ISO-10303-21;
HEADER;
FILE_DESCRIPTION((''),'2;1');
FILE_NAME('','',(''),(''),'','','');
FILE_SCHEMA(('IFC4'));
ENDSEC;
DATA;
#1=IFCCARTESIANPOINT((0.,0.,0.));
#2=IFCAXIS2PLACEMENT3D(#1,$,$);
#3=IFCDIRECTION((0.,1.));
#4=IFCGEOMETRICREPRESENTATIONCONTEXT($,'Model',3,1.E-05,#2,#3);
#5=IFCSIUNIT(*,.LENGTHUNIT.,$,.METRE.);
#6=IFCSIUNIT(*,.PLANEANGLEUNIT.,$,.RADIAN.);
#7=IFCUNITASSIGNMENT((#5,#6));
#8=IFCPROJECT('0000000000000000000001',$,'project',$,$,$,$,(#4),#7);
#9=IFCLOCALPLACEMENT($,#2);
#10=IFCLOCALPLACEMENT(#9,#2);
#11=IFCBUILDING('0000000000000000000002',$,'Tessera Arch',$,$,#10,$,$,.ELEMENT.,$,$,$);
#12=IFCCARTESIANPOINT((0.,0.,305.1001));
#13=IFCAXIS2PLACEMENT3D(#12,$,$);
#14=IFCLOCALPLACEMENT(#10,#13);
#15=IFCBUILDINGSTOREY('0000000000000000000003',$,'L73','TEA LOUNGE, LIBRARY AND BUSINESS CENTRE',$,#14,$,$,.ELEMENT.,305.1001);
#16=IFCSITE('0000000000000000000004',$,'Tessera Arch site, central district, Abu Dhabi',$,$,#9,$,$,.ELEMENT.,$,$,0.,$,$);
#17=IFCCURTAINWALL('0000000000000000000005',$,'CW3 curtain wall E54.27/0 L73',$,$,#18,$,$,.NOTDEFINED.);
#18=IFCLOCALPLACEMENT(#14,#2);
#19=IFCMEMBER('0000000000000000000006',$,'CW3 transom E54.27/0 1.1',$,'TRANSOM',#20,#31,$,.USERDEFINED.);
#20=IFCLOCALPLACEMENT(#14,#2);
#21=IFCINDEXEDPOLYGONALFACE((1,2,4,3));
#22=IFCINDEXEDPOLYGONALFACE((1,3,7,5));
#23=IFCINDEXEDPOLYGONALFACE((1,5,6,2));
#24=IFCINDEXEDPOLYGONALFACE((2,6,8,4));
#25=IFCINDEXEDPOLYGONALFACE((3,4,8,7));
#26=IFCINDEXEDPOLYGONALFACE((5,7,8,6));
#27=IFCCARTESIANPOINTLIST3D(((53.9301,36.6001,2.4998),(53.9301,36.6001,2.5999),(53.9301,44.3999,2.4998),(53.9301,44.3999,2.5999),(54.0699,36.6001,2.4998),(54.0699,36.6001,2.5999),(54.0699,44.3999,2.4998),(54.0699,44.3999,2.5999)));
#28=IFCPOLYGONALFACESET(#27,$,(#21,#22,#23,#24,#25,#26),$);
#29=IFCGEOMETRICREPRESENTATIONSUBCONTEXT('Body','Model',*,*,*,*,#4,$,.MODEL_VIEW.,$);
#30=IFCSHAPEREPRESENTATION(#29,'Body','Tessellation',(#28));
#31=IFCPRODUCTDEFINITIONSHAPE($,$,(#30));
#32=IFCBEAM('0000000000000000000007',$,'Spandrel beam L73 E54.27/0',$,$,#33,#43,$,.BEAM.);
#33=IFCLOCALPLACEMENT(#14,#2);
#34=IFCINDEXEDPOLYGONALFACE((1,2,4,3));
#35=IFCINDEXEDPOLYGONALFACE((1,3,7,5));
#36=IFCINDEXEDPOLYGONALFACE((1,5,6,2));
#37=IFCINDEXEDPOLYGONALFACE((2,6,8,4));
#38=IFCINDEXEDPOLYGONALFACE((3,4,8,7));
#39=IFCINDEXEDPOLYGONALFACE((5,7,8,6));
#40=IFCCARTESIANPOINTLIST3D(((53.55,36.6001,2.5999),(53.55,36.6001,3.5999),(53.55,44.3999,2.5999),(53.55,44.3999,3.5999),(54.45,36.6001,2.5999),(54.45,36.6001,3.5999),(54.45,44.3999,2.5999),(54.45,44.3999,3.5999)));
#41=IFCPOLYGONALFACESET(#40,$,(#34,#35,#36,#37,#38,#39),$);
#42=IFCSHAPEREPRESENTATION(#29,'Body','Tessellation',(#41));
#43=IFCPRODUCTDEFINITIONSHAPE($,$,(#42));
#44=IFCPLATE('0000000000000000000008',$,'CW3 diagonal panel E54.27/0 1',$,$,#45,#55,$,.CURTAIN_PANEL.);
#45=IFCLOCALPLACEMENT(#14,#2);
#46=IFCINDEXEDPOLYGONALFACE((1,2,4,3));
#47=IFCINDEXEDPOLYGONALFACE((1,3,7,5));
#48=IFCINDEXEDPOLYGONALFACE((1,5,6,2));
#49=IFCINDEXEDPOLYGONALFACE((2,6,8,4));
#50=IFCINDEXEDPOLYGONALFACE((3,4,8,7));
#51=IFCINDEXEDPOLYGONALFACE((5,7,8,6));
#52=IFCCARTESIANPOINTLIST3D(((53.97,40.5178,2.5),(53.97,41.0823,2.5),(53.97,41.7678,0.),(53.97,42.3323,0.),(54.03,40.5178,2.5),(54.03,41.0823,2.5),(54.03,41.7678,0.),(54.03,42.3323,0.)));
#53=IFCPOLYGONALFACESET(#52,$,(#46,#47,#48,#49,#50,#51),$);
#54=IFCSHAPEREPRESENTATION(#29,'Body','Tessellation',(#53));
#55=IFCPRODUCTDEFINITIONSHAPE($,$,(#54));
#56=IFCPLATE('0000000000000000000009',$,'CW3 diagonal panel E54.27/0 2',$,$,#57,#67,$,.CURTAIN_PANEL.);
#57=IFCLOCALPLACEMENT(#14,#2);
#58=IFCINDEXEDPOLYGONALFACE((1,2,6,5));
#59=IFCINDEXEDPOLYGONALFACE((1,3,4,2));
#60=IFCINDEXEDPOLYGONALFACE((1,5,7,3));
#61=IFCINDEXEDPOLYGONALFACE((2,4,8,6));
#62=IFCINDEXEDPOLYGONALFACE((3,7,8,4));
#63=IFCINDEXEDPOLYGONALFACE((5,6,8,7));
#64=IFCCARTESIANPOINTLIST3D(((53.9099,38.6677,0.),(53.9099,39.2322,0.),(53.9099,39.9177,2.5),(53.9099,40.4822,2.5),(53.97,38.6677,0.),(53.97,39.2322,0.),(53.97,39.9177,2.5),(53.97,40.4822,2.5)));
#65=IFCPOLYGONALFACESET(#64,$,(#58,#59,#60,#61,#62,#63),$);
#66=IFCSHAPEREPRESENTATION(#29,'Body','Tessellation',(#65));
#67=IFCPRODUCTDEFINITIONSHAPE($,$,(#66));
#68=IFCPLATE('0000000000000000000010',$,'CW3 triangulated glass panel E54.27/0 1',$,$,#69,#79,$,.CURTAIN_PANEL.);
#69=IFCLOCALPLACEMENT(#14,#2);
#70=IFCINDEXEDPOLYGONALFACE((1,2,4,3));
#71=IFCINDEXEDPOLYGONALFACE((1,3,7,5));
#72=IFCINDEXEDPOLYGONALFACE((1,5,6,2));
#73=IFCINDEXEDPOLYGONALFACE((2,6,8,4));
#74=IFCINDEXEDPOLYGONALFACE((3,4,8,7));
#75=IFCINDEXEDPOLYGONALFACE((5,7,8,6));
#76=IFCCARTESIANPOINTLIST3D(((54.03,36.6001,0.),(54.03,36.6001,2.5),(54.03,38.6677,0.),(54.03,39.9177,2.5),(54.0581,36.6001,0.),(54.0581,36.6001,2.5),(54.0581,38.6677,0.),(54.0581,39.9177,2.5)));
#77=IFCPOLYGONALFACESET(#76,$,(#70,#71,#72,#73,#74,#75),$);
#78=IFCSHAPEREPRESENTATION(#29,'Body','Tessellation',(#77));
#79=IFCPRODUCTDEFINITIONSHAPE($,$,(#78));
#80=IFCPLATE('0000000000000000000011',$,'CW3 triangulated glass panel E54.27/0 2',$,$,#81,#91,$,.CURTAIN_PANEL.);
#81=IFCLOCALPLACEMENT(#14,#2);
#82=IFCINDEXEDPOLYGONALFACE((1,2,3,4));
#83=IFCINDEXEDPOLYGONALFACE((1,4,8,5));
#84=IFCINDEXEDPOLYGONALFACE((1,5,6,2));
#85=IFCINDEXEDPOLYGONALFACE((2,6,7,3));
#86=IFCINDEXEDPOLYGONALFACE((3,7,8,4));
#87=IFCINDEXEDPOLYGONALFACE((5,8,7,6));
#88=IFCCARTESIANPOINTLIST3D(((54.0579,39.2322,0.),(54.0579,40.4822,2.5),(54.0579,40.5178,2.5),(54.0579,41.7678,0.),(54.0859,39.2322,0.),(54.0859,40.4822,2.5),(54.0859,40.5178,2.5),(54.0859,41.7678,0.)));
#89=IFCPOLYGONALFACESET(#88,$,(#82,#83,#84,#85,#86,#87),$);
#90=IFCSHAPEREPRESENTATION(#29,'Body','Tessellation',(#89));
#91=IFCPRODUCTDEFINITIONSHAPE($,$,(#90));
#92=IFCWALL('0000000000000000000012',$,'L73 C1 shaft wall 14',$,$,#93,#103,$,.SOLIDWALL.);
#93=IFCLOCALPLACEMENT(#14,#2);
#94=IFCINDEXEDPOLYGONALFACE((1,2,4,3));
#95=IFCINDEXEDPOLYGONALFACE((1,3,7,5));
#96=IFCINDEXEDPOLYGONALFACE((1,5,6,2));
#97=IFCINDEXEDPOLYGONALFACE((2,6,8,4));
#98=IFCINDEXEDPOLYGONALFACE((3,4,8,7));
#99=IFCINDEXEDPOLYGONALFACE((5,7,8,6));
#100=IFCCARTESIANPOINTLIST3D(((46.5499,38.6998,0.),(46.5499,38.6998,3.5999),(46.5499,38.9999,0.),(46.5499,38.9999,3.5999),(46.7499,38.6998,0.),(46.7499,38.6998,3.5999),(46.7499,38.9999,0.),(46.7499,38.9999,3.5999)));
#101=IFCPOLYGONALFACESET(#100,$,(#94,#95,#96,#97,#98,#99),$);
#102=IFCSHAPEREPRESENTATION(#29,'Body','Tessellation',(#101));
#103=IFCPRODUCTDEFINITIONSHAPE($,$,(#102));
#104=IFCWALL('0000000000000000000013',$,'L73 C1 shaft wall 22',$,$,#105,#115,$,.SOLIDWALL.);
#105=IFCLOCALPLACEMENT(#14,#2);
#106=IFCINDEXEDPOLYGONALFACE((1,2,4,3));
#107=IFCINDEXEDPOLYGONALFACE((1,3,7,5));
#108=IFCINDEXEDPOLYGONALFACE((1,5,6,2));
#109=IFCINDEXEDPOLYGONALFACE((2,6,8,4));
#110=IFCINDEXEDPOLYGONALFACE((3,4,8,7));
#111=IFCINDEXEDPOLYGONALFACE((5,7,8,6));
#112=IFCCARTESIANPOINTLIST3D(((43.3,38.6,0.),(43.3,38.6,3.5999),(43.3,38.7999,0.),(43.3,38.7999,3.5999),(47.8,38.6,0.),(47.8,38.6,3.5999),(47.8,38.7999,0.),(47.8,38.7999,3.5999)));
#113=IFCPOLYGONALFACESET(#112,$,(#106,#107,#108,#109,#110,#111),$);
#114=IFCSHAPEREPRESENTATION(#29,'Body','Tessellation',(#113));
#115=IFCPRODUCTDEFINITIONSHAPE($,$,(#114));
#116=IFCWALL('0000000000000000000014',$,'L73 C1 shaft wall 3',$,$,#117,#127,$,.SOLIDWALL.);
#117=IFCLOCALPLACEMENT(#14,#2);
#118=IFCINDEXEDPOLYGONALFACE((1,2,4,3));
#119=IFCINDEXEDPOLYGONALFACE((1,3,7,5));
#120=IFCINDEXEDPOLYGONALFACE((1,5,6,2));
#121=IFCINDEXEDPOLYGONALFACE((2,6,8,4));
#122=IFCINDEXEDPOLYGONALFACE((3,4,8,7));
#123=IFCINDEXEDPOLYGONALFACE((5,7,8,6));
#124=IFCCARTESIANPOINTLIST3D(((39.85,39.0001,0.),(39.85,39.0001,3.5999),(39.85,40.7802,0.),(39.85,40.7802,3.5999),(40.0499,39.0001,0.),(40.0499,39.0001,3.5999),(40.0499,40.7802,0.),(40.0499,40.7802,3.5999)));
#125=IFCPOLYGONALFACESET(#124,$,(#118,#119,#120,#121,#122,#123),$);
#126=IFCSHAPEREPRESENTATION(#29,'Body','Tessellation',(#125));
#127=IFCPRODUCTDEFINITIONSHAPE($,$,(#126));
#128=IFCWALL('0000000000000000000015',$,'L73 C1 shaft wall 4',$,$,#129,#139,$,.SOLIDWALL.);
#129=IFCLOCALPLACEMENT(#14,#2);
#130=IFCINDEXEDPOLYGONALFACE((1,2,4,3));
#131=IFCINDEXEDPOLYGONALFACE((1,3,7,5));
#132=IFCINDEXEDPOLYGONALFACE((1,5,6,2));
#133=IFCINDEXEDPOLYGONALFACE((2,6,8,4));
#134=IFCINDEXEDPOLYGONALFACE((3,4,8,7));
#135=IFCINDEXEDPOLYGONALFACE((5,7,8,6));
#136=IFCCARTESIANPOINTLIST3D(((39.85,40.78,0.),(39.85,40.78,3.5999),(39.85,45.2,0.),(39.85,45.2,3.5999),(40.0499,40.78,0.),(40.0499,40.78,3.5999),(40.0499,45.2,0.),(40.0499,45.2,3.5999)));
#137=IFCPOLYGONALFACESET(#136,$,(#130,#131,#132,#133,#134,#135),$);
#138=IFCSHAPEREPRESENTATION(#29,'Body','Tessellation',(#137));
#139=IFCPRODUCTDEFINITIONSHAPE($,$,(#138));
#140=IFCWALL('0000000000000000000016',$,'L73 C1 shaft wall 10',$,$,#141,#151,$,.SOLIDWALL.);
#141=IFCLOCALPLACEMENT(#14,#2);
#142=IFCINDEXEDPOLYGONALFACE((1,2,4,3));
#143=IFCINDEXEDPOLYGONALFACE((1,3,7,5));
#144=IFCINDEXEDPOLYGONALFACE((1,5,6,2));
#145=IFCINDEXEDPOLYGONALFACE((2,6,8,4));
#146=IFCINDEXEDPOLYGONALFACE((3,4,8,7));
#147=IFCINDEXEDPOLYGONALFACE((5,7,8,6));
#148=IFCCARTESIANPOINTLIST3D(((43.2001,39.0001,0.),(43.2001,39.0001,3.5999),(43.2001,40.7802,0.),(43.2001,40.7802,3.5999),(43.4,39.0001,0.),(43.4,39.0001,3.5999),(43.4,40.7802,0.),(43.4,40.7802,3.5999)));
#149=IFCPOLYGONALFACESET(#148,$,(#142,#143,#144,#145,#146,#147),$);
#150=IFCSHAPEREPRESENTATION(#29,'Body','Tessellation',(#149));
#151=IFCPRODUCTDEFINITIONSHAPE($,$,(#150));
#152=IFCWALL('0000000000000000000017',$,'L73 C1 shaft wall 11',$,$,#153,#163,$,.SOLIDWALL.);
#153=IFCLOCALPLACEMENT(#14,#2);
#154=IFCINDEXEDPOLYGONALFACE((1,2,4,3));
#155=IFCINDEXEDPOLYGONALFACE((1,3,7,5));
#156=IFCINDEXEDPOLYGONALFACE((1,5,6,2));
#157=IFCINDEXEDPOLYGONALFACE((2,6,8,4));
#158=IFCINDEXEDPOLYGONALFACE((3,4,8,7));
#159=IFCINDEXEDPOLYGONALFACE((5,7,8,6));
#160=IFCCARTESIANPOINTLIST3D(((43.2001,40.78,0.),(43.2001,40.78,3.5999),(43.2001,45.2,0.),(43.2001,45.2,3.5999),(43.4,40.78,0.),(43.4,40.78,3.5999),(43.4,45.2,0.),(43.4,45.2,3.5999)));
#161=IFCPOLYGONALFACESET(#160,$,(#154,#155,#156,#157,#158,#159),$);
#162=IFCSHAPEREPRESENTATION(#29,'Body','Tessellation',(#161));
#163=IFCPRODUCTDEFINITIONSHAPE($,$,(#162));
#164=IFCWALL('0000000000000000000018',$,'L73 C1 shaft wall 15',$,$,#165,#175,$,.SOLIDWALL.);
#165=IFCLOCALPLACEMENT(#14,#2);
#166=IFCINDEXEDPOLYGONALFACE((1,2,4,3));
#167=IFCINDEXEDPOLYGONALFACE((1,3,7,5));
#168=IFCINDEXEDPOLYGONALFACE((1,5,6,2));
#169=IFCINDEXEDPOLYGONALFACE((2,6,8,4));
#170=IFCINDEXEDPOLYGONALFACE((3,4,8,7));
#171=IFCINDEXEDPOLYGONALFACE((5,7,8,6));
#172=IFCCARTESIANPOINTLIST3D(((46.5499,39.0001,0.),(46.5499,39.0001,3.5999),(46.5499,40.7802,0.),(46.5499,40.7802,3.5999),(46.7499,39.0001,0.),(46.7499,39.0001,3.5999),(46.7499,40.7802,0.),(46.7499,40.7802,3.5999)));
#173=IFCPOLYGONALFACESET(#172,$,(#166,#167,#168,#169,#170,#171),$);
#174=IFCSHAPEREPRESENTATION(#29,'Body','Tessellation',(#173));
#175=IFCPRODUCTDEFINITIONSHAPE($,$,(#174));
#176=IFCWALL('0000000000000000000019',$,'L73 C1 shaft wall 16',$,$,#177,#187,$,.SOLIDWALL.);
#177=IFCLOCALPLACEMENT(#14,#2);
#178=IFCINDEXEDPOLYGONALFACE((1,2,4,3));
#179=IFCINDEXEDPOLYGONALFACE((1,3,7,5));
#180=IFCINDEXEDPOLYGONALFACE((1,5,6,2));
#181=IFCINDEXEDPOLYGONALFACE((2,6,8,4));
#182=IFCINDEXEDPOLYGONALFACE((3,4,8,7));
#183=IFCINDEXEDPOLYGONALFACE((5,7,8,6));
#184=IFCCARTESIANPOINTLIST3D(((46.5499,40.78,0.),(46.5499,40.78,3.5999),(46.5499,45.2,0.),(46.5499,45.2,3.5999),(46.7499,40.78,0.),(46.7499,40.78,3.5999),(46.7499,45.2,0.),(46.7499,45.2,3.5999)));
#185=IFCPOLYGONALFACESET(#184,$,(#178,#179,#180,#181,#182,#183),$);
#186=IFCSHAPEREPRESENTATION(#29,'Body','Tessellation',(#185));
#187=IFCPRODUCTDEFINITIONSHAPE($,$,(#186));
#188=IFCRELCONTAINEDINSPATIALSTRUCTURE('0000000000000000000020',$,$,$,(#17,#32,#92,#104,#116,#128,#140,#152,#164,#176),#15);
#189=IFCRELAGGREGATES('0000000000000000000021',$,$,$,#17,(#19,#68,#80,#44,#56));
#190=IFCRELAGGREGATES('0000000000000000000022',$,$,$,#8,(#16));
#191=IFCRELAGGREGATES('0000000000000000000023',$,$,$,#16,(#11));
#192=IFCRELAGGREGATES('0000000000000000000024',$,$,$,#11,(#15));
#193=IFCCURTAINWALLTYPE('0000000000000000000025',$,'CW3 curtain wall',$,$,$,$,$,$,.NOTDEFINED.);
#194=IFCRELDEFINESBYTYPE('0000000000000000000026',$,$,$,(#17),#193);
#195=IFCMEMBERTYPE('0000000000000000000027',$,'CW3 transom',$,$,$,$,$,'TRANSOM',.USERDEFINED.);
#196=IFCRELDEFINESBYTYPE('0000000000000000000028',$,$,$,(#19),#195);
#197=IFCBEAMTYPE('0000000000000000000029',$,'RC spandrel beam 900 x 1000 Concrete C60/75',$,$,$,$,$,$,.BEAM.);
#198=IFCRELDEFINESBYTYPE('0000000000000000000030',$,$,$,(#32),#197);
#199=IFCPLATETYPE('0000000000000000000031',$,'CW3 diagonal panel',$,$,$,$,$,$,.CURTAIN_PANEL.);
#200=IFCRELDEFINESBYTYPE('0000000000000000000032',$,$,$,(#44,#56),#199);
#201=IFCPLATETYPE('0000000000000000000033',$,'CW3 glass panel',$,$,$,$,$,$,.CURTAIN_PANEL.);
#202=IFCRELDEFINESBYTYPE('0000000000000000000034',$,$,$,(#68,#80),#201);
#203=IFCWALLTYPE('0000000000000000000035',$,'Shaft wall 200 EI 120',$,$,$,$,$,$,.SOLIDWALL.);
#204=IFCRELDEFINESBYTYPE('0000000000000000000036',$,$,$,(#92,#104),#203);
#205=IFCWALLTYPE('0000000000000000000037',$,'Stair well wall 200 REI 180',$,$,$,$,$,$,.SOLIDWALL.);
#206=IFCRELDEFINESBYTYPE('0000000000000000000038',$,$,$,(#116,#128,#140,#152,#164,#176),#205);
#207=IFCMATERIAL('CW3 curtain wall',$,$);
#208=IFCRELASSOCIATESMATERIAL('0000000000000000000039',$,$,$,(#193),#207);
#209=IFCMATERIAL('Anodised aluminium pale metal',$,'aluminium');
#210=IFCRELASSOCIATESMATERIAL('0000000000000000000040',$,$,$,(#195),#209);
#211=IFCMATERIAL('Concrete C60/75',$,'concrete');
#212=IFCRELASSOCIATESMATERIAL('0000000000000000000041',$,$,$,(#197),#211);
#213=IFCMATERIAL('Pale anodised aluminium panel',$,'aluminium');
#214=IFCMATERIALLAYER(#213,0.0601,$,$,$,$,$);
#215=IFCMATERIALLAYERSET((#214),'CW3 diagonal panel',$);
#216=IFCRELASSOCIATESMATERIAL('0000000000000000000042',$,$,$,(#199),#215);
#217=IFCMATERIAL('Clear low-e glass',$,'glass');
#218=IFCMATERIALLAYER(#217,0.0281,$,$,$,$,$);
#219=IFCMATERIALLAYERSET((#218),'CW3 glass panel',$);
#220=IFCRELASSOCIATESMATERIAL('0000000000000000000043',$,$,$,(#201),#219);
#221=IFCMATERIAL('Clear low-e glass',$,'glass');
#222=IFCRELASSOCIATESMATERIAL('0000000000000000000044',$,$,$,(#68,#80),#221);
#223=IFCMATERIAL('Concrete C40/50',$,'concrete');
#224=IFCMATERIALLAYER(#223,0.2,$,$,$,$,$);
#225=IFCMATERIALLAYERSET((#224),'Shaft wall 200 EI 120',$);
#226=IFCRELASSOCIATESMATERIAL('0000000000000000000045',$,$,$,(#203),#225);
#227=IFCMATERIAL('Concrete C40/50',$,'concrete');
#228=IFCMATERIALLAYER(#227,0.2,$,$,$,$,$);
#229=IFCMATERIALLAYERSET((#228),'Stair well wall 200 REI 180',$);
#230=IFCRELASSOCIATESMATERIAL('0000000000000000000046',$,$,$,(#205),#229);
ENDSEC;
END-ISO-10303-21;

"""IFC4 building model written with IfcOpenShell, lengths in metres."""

from ifc_helpers import new_model, si_unit, direction, frame, frame_2d, origin, origin_2d, place, context, subcontext, project, spatial, polyline, rectangle, outline, extrude, material, layer, layer_set, material_profile, profile_set, type_object, element, aggregate, save


model = new_model("IFC4")

# Units and contexts
model_context = context("Model", 3, precision=1e-05, world=origin(), true_north=direction((0.0, 1.0)))
body_context = subcontext(model_context, "Body", "Model", "MODEL_VIEW")
ifc_project = project(units=[si_unit("LENGTHUNIT", "METRE"), si_unit("PLANEANGLEUNIT", "RADIAN")], contexts=[model_context])

# Site, building, storey
site_placement = place(None, origin())
site = spatial("IfcSite", under=ifc_project, at=site_placement, Name="Tessera Arch site, central district, Abu Dhabi", CompositionType="ELEMENT", RefElevation=0.0)
building_placement = place(site_placement, origin())
building = spatial("IfcBuilding", under=site, at=building_placement, Name="Tessera Arch", CompositionType="ELEMENT")
storey_placement = place(building_placement, frame((0.0, 0.0, 305.1001)))
storey = spatial("IfcBuildingStorey", under=building, at=storey_placement, Name="L73", Description="TEA LOUNGE, LIBRARY AND BUSINESS CENTRE", CompositionType="ELEMENT", Elevation=305.1001)

# Curtain wall, member
ifc_material_1 = material(Name="CW3 curtain wall")
curtain_wall_type = type_object("IfcCurtainWallType", Name="CW3 curtain wall", PredefinedType="NOTDEFINED", material=ifc_material_1)
curtain_wall_placement = place(storey_placement, origin())
curtain_wall = element("IfcCurtainWall", 1, at=curtain_wall_placement, inside=storey, type_object=curtain_wall_type, Name="CW3 curtain wall E54.27/0 L73", PredefinedType="NOTDEFINED")
ifc_material_2 = material(Name="Anodised aluminium pale metal", Category="aluminium")
ifc_material_profile_1 = material_profile(ifc_material_2, rectangle(XDim=0.1399, YDim=0.1001, at=origin_2d()), Name="AL 140x100")
ifc_profile_set_1 = profile_set([ifc_material_profile_1], Name="Anodised aluminium pale metal")
member_type = type_object("IfcMemberType", Name="CW3 transom", ElementType="TRANSOM", PredefinedType="USERDEFINED", material=ifc_profile_set_1)
member_placement = place(storey_placement, frame((54.0, 36.6001, 2.5498), z_axis=(0.0, 1.0, 0.0), x_axis=(-1.0, 0.0, 0.0)))
member = element("IfcMember", 2, at=member_placement, type_object=member_type, Name="CW3 transom E54.27/0 1.1", ObjectType="TRANSOM", PredefinedType="USERDEFINED", context=body_context, shape_type="SweptSolid", body=[
    extrude(rectangle(XDim=0.1399, YDim=0.1001, at=origin_2d()), origin(), (0.0, 0.0, 1.0), 7.7998),
])

# Beam
ifc_material_3 = material(Name="Concrete C60/75", Category="concrete")
ifc_material_profile_2 = material_profile(ifc_material_3, rectangle(XDim=0.8999, YDim=1.0, at=origin_2d()), Name="RC spandrel beam 900 x 1000 Concrete C60/75")
ifc_profile_set_2 = profile_set([ifc_material_profile_2], Name="Concrete C60/75")
beam_type = type_object("IfcBeamType", Name="RC spandrel beam 900 x 1000 Concrete C60/75", PredefinedType="BEAM", material=ifc_profile_set_2)
beam_placement = place(storey_placement, frame((54.0, 36.6001, 3.0999), z_axis=(0.0, 1.0, 0.0), x_axis=(-1.0, 0.0, 0.0)))
element("IfcBeam", 3, at=beam_placement, inside=storey, type_object=beam_type, Name="Spandrel beam L73 E54.27/0", PredefinedType="BEAM", context=body_context, shape_type="SweptSolid", body=[
    extrude(rectangle(XDim=0.8999, YDim=1.0, at=origin_2d()), origin(), (0.0, 0.0, 1.0), 7.7998),
])

# Plates
ifc_material_4 = material(Name="Pale anodised aluminium panel", Category="aluminium")
ifc_layer_1 = layer(ifc_material_4, 0.0601)
ifc_layer_set_1 = layer_set([ifc_layer_1], Name="CW3 diagonal panel")
plate_type_1 = type_object("IfcPlateType", Name="CW3 diagonal panel", PredefinedType="CURTAIN_PANEL", material=ifc_layer_set_1)
plate_1_placement = place(storey_placement, frame((54.03, 41.0823, 2.5), z_axis=(1.0, 0.0, 0.0), x_axis=(0.0, -1.0, 0.0)))
plate_1 = element("IfcPlate", 4, at=plate_1_placement, type_object=plate_type_1, Name="CW3 diagonal panel E54.27/0 1", PredefinedType="CURTAIN_PANEL", context=body_context, shape_type="SweptSolid", body=[
    extrude(outline(polyline([(0.0, 0.0), (0.5645, 0.0), (-0.6855, 2.5), (-1.25, 2.5), (0.0, 0.0)])), origin(), (0.0, 0.0, -1.0), 0.0601),
])
plate_2_placement = place(storey_placement, frame((53.97, 40.4822, 2.5), z_axis=(1.0, 0.0, 0.0), x_axis=(0.0, -1.0, 0.0)))
plate_2 = element("IfcPlate", 5, at=plate_2_placement, type_object=plate_type_1, Name="CW3 diagonal panel E54.27/0 2", PredefinedType="CURTAIN_PANEL", context=body_context, shape_type="SweptSolid", body=[
    extrude(outline(polyline([(0.0, 0.0), (0.5645, 0.0), (1.8145, 2.5), (1.25, 2.5), (0.0, 0.0)])), origin(), (0.0, 0.0, -1.0), 0.0601),
])
ifc_material_5 = material(Name="Clear low-e glass", Category="glass")
ifc_material_6 = material(Name="Clear low-e glass", Category="glass")
ifc_layer_2 = layer(ifc_material_6, 0.0281)
ifc_layer_set_2 = layer_set([ifc_layer_2], Name="CW3 glass panel")
plate_type_2 = type_object("IfcPlateType", Name="CW3 glass panel", PredefinedType="CURTAIN_PANEL", material=ifc_layer_set_2)
plate_3_placement = place(storey_placement, frame((54.0581, 36.6001, 0.0), z_axis=(1.0, 0.0, 0.0), x_axis=(0.0, 1.0, 0.0)))
plate_3 = element("IfcPlate", 6, at=plate_3_placement, type_object=plate_type_2, material=ifc_material_5, Name="CW3 triangulated glass panel E54.27/0 1", PredefinedType="CURTAIN_PANEL", context=body_context, shape_type="SweptSolid", body=[
    extrude(outline(polyline([(0.0, 0.0), (2.0676, 0.0), (3.3176, 2.5), (0.0, 2.5), (0.0, 0.0)])), origin(), (0.0, 0.0, -1.0), 0.0281),
])
plate_4_placement = place(storey_placement, frame((54.0859, 40.5178, 2.5), z_axis=(1.0, 0.0, 0.0), x_axis=(0.0, -1.0, 0.0)))
plate_4 = element("IfcPlate", 7, at=plate_4_placement, type_object=plate_type_2, material=ifc_material_5, Name="CW3 triangulated glass panel E54.27/0 2", PredefinedType="CURTAIN_PANEL", context=body_context, shape_type="SweptSolid", body=[
    extrude(outline(polyline([(0.0, 0.0), (0.0356, 0.0), (1.2856, 2.5), (-1.25, 2.5), (0.0, 0.0)])), origin(), (0.0, 0.0, -1.0), 0.0281),
])
aggregate(curtain_wall, [member, plate_3, plate_4, plate_1, plate_2])

# Walls
ifc_material_7 = material(Name="Concrete C40/50", Category="concrete")
ifc_layer_3 = layer(ifc_material_7, 0.2)
ifc_layer_set_3 = layer_set([ifc_layer_3], Name="Shaft wall 200 EI 120")
wall_type_1 = type_object("IfcWallType", Name="Shaft wall 200 EI 120", PredefinedType="SOLIDWALL", material=ifc_layer_set_3)
wall_1_placement = place(storey_placement, frame((46.6499, 38.7, 0.0), z_axis=(0.0, 0.0, 1.0), x_axis=(0.0, 1.0, 0.0)))
element("IfcWall", 8, at=wall_1_placement, inside=storey, type_object=wall_type_1, Name="L73 C1 shaft wall 14", PredefinedType="SOLIDWALL", context=body_context, shape_type="SweptSolid", body=[
    extrude(rectangle(XDim=0.3, YDim=0.2, at=frame_2d((0.1499, 0.0))), origin(), (0.0, 0.0, 1.0), 3.5999),
])
wall_2_placement = place(storey_placement, frame((43.3, 38.7, 0.0), z_axis=(0.0, 0.0, 1.0), x_axis=(1.0, 0.0, 0.0)))
element("IfcWall", 9, at=wall_2_placement, inside=storey, type_object=wall_type_1, Name="L73 C1 shaft wall 22", PredefinedType="SOLIDWALL", context=body_context, shape_type="SweptSolid", body=[
    extrude(rectangle(XDim=4.5, YDim=0.2, at=frame_2d((2.25, 0.0))), origin(), (0.0, 0.0, 1.0), 3.5999),
])
ifc_material_8 = material(Name="Concrete C40/50", Category="concrete")
ifc_layer_4 = layer(ifc_material_8, 0.2)
ifc_layer_set_4 = layer_set([ifc_layer_4], Name="Stair well wall 200 REI 180")
wall_type_2 = type_object("IfcWallType", Name="Stair well wall 200 REI 180", PredefinedType="SOLIDWALL", material=ifc_layer_set_4)
wall_3_placement = place(storey_placement, frame((39.95, 39.0, 0.0), z_axis=(0.0, 0.0, 1.0), x_axis=(0.0, 1.0, 0.0)))
element("IfcWall", 10, at=wall_3_placement, inside=storey, type_object=wall_type_2, Name="L73 C1 shaft wall 3", PredefinedType="SOLIDWALL", context=body_context, shape_type="SweptSolid", body=[
    extrude(rectangle(XDim=1.78, YDim=0.2, at=frame_2d((0.8901, 0.0))), origin(), (0.0, 0.0, 1.0), 3.5999),
])
wall_4_placement = place(storey_placement, frame((39.95, 40.78, 0.0), z_axis=(0.0, 0.0, 1.0), x_axis=(0.0, 1.0, 0.0)))
element("IfcWall", 11, at=wall_4_placement, inside=storey, type_object=wall_type_2, Name="L73 C1 shaft wall 4", PredefinedType="SOLIDWALL", context=body_context, shape_type="SweptSolid", body=[
    extrude(rectangle(XDim=4.4199, YDim=0.2, at=frame_2d((2.21, 0.0))), origin(), (0.0, 0.0, 1.0), 3.5999),
])
wall_5_placement = place(storey_placement, frame((43.3, 39.0, 0.0), z_axis=(0.0, 0.0, 1.0), x_axis=(0.0, 1.0, 0.0)))
element("IfcWall", 12, at=wall_5_placement, inside=storey, type_object=wall_type_2, Name="L73 C1 shaft wall 10", PredefinedType="SOLIDWALL", context=body_context, shape_type="SweptSolid", body=[
    extrude(rectangle(XDim=1.78, YDim=0.2, at=frame_2d((0.8901, 0.0))), origin(), (0.0, 0.0, 1.0), 3.5999),
])
wall_6_placement = place(storey_placement, frame((43.3, 40.78, 0.0), z_axis=(0.0, 0.0, 1.0), x_axis=(0.0, 1.0, 0.0)))
element("IfcWall", 13, at=wall_6_placement, inside=storey, type_object=wall_type_2, Name="L73 C1 shaft wall 11", PredefinedType="SOLIDWALL", context=body_context, shape_type="SweptSolid", body=[
    extrude(rectangle(XDim=4.4199, YDim=0.2, at=frame_2d((2.21, 0.0))), origin(), (0.0, 0.0, 1.0), 3.5999),
])
wall_7_placement = place(storey_placement, frame((46.6499, 39.0, 0.0), z_axis=(0.0, 0.0, 1.0), x_axis=(0.0, 1.0, 0.0)))
element("IfcWall", 14, at=wall_7_placement, inside=storey, type_object=wall_type_2, Name="L73 C1 shaft wall 15", PredefinedType="SOLIDWALL", context=body_context, shape_type="SweptSolid", body=[
    extrude(rectangle(XDim=1.78, YDim=0.2, at=frame_2d((0.8901, 0.0))), origin(), (0.0, 0.0, 1.0), 3.5999),
])
wall_8_placement = place(storey_placement, frame((46.6499, 40.78, 0.0), z_axis=(0.0, 0.0, 1.0), x_axis=(0.0, 1.0, 0.0)))
element("IfcWall", 15, at=wall_8_placement, inside=storey, type_object=wall_type_2, Name="L73 C1 shaft wall 16", PredefinedType="SOLIDWALL", context=body_context, shape_type="SweptSolid", body=[
    extrude(rectangle(XDim=4.4199, YDim=0.2, at=frame_2d((2.21, 0.0))), origin(), (0.0, 0.0, 1.0), 3.5999),
])

save(model, "model.ifc")
